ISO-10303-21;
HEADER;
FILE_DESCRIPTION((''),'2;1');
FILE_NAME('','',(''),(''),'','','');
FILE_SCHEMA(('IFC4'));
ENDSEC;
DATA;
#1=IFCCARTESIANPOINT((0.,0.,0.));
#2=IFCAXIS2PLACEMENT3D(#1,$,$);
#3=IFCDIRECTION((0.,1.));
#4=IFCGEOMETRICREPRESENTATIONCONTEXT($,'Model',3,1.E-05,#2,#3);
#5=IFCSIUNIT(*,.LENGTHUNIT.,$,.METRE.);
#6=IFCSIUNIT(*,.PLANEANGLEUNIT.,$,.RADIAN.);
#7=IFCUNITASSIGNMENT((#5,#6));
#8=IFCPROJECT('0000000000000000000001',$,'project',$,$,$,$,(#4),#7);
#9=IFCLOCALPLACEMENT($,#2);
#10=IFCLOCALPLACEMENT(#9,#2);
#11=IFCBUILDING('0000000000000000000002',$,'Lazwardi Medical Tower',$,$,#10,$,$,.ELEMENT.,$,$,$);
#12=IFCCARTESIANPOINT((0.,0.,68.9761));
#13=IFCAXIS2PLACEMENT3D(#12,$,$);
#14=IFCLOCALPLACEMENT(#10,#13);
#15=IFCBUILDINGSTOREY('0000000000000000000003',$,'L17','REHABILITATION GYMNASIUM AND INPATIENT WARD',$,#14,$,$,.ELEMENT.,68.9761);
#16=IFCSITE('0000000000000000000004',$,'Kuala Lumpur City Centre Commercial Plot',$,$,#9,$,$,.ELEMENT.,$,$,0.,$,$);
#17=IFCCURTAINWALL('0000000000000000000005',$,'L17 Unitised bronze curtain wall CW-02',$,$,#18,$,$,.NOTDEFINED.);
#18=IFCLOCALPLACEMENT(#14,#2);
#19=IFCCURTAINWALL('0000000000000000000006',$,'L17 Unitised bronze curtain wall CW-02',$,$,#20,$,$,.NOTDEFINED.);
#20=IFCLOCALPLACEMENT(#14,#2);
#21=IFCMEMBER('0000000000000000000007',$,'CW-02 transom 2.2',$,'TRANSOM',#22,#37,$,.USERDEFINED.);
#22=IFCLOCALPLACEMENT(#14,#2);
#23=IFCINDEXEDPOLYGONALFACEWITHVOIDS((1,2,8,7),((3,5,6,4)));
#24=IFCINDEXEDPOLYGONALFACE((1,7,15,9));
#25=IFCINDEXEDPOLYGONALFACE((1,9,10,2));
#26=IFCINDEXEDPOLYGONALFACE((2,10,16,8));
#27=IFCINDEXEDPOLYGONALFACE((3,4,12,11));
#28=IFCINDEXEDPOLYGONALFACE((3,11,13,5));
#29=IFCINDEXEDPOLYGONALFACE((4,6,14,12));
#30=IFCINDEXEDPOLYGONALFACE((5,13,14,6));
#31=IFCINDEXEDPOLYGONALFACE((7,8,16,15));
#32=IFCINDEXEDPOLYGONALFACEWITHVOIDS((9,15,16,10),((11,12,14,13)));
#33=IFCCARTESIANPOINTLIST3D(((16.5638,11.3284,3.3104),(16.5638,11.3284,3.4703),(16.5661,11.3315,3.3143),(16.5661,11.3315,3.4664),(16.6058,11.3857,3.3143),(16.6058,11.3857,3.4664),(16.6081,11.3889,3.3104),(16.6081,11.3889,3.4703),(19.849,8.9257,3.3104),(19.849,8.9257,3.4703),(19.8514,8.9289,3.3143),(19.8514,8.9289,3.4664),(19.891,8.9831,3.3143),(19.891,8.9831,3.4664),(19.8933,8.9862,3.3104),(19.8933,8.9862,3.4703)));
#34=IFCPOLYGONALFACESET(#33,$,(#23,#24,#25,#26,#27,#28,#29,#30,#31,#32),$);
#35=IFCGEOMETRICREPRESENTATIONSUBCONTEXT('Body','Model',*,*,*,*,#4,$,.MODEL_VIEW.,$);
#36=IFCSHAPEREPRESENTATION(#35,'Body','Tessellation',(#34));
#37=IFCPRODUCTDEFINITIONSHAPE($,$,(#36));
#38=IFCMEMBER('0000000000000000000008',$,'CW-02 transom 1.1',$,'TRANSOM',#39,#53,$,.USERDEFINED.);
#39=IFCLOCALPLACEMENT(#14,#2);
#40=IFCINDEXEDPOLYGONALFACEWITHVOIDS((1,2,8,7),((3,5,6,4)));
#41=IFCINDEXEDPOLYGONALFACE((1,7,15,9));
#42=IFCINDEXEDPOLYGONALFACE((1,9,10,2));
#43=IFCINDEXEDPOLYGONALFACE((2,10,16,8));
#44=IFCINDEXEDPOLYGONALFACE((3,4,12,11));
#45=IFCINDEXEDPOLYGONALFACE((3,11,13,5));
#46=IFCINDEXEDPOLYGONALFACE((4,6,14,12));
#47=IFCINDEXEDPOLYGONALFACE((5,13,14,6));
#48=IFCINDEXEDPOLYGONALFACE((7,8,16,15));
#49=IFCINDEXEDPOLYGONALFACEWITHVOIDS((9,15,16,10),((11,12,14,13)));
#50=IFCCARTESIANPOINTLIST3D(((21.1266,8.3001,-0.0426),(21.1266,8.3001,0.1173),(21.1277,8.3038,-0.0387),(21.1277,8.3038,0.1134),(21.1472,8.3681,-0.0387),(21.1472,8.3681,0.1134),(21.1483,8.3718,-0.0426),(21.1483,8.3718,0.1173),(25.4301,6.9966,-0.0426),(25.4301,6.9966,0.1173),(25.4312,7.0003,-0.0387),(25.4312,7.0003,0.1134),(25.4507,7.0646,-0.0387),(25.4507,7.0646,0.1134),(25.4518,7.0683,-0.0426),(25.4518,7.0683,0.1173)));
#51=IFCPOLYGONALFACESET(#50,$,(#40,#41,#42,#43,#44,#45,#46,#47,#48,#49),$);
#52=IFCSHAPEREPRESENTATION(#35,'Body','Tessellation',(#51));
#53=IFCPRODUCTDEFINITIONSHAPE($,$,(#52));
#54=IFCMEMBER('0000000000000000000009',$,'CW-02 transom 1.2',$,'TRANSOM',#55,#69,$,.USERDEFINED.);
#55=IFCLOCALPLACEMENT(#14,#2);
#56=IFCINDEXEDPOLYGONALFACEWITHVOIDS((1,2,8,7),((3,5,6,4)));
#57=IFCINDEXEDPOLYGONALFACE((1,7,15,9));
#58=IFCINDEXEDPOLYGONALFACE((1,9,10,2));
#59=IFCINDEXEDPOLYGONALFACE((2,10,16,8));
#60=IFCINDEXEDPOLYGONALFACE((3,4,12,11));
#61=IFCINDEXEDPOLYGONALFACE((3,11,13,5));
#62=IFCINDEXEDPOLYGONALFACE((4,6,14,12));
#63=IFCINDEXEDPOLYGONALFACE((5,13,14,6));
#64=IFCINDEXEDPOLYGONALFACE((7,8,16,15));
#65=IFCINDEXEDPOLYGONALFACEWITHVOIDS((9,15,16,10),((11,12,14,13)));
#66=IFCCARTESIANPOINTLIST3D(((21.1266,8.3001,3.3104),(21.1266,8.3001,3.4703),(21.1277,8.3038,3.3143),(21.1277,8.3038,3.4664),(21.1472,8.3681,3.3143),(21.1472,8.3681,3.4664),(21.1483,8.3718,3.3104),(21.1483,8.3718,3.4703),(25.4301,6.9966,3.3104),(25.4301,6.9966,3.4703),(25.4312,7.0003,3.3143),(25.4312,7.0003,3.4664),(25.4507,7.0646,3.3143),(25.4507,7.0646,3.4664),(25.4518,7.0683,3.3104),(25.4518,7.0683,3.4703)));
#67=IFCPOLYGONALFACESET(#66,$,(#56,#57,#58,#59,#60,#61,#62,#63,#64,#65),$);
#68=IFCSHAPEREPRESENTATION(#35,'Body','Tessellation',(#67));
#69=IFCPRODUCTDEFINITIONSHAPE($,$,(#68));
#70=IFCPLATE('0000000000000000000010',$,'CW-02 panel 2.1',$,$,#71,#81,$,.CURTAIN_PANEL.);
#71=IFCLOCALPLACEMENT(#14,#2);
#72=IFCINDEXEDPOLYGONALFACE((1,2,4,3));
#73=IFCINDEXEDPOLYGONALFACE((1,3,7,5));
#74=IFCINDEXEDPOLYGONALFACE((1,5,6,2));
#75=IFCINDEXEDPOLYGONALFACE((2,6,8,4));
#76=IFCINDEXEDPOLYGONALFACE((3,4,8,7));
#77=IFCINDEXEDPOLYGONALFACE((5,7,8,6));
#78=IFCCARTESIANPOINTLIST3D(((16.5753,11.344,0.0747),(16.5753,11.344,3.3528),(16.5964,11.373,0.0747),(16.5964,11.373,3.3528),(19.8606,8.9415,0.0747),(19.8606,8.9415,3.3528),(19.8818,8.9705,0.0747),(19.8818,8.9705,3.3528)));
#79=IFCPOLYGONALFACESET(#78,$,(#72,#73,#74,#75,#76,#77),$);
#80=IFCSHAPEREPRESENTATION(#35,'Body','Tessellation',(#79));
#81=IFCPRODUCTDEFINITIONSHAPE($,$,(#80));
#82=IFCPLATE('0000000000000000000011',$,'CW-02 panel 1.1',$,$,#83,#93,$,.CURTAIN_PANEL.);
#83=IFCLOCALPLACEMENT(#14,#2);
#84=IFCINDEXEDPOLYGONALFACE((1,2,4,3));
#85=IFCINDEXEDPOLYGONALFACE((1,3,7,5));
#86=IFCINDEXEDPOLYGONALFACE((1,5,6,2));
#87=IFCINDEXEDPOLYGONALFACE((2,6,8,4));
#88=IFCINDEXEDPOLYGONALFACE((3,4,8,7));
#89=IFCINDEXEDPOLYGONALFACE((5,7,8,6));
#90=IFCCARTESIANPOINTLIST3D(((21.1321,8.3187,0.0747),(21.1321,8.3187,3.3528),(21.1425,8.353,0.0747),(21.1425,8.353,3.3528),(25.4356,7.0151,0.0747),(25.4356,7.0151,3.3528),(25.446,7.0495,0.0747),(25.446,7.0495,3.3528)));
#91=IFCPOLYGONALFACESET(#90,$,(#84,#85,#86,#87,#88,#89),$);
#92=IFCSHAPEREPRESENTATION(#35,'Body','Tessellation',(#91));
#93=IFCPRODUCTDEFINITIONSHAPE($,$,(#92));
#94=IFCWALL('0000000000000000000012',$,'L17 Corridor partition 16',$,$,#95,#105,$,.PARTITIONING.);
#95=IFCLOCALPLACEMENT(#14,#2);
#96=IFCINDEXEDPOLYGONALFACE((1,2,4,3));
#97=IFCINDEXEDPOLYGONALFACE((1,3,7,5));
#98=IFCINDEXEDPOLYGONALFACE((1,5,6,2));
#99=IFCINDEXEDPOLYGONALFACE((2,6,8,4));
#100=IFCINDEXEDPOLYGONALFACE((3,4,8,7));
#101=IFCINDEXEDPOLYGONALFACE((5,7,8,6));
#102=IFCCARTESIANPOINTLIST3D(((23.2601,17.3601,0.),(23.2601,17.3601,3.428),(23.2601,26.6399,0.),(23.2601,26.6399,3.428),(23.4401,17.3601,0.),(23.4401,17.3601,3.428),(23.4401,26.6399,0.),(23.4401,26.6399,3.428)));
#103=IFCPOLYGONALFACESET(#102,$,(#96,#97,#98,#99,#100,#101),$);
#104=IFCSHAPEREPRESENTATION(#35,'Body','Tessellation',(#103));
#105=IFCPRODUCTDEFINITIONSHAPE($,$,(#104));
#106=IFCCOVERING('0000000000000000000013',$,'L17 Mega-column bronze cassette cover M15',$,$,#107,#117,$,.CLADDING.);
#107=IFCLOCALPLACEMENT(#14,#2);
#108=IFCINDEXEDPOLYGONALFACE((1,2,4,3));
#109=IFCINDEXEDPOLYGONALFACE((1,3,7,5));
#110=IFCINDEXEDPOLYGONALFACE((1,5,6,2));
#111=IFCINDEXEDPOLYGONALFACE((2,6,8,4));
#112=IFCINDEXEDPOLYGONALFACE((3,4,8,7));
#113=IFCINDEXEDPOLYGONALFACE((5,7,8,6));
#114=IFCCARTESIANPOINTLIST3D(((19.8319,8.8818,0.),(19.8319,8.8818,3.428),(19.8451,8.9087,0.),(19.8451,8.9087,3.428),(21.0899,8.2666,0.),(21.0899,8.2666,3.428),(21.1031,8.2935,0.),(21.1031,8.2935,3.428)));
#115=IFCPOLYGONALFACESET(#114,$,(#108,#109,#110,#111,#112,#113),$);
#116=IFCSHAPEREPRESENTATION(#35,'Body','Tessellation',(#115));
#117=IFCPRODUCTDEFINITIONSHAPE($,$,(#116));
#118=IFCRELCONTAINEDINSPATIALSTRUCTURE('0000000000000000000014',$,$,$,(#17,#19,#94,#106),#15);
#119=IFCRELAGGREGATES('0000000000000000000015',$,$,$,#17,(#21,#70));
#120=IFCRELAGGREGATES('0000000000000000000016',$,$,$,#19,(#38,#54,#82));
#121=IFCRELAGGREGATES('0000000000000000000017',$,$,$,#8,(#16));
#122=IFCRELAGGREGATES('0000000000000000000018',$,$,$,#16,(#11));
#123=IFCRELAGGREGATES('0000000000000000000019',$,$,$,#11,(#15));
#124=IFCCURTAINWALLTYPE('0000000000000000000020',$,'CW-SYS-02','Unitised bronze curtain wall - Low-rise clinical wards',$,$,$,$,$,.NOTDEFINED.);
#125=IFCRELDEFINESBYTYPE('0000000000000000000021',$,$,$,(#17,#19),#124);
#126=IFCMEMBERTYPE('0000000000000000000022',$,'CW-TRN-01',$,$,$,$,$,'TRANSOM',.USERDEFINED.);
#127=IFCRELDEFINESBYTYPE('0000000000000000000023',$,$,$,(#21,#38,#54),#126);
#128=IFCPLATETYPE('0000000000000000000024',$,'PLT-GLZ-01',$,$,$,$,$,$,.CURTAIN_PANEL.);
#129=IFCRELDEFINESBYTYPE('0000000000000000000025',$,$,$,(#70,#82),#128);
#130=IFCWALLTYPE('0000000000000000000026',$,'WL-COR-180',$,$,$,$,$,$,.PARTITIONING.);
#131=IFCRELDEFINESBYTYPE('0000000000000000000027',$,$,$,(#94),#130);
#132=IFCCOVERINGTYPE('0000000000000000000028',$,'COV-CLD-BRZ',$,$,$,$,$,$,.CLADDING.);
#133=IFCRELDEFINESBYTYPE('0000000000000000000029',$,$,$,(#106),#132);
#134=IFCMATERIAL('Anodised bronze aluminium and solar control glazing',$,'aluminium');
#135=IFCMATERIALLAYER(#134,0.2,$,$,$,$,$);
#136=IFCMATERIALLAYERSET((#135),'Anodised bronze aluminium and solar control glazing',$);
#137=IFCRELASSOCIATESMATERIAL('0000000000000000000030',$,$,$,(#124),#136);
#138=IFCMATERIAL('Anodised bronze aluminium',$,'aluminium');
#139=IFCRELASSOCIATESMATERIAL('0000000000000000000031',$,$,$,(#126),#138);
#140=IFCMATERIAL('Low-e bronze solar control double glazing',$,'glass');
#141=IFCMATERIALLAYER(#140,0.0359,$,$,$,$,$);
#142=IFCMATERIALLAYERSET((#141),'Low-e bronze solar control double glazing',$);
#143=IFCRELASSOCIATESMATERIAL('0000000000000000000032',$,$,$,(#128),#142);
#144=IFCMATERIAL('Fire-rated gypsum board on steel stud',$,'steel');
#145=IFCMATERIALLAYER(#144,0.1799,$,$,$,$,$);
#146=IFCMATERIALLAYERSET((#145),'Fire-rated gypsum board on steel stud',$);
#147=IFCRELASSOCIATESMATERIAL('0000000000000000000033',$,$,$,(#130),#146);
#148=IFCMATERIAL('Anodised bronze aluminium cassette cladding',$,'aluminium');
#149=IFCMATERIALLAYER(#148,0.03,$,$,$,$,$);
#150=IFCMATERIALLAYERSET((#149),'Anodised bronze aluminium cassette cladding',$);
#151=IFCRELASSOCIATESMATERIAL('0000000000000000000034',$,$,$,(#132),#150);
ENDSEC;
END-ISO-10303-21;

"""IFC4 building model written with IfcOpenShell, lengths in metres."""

from ifc_helpers import new_model, si_unit, direction, frame, frame_2d, origin, origin_2d, place, context, subcontext, project, spatial, rectangle, hollow_rectangle, extrude, material, layer, layer_set, material_profile, profile_set, type_object, element, aggregate, save


model = new_model("IFC4")

# Units and contexts
model_context = context("Model", 3, precision=1e-05, world=origin(), true_north=direction((0.0, 1.0)))
body_context = subcontext(model_context, "Body", "Model", "MODEL_VIEW")
ifc_project = project(units=[si_unit("LENGTHUNIT", "METRE"), si_unit("PLANEANGLEUNIT", "RADIAN")], contexts=[model_context])

# Site, building, storey
site_placement = place(None, origin())
site = spatial("IfcSite", under=ifc_project, at=site_placement, Name="Kuala Lumpur City Centre Commercial Plot", CompositionType="ELEMENT", RefElevation=0.0)
building_placement = place(site_placement, origin())
building = spatial("IfcBuilding", under=site, at=building_placement, Name="Lazwardi Medical Tower", CompositionType="ELEMENT")
storey_placement = place(building_placement, frame((0.0, 0.0, 68.9761)))
storey = spatial("IfcBuildingStorey", under=building, at=storey_placement, Name="L17", Description="REHABILITATION GYMNASIUM AND INPATIENT WARD", CompositionType="ELEMENT", Elevation=68.9761)

# Curtain walls
ifc_material_1 = material(Name="Anodised bronze aluminium and solar control glazing", Category="aluminium")
ifc_layer_1 = layer(ifc_material_1, 0.2)
ifc_layer_set_1 = layer_set([ifc_layer_1], Name="Anodised bronze aluminium and solar control glazing")
curtain_wall_type = type_object("IfcCurtainWallType", Name="CW-SYS-02", Description="Unitised bronze curtain wall - Low-rise clinical wards", PredefinedType="NOTDEFINED", material=ifc_layer_set_1)
curtain_wall_1_placement = place(storey_placement, origin())
curtain_wall_1 = element("IfcCurtainWall", 1, at=curtain_wall_1_placement, inside=storey, type_object=curtain_wall_type, Name="L17 Unitised bronze curtain wall CW-02", PredefinedType="NOTDEFINED")
ifc_material_2 = material(Name="Anodised bronze aluminium", Category="aluminium")
curtain_wall_2_placement = place(storey_placement, origin())
curtain_wall_2 = element("IfcCurtainWall", 2, at=curtain_wall_2_placement, inside=storey, type_object=curtain_wall_type, Name="L17 Unitised bronze curtain wall CW-02", PredefinedType="NOTDEFINED")

# Members
ifc_material_profile_1 = material_profile(ifc_material_2, hollow_rectangle(XDim=0.075, YDim=0.1599, WallThickness=0.0039, at=origin_2d()), Name="ALU-TRANSOM 160x75x4")
ifc_profile_set_1 = profile_set([ifc_material_profile_1], Name="Anodised bronze aluminium")
member_type_1 = type_object("IfcMemberType", Name="CW-TRN-01", ElementType="TRANSOM", PredefinedType="USERDEFINED", material=ifc_profile_set_1)
member_1_placement = place(storey_placement, frame((16.5859, 11.3586, 3.3904), z_axis=(0.807169, -0.59032, 0.0), x_axis=(0.59032, 0.807169, 0.0)))
member_1 = element("IfcMember", 3, at=member_1_placement, type_object=member_type_1, Name="CW-02 transom 2.2", ObjectType="TRANSOM", PredefinedType="USERDEFINED", context=body_context, shape_type="SweptSolid", body=[
    extrude(hollow_rectangle(XDim=0.075, YDim=0.1599, WallThickness=0.0039, at=origin_2d()), origin(), (0.0, 0.0, 1.0), 4.0701),
])
member_2_placement = place(storey_placement, frame((21.1375, 8.3359, 0.0374), z_axis=(0.957062, -0.289882, 0.0), x_axis=(0.289882, 0.957062, 0.0)))
member_2 = element("IfcMember", 4, at=member_2_placement, type_object=member_type_1, Name="CW-02 transom 1.1", ObjectType="TRANSOM", PredefinedType="USERDEFINED", context=body_context, shape_type="SweptSolid", body=[
    extrude(hollow_rectangle(XDim=0.075, YDim=0.1599, WallThickness=0.0039, at=origin_2d()), origin(), (0.0, 0.0, 1.0), 4.4966),
])
member_3_placement = place(storey_placement, frame((21.1375, 8.3359, 3.3904), z_axis=(0.957062, -0.289882, 0.0), x_axis=(0.289882, 0.957062, 0.0)))
member_3 = element("IfcMember", 5, at=member_3_placement, type_object=member_type_1, Name="CW-02 transom 1.2", ObjectType="TRANSOM", PredefinedType="USERDEFINED", context=body_context, shape_type="SweptSolid", body=[
    extrude(hollow_rectangle(XDim=0.075, YDim=0.1599, WallThickness=0.0039, at=origin_2d()), origin(), (0.0, 0.0, 1.0), 4.4966),
])

# Plates
ifc_material_3 = material(Name="Low-e bronze solar control double glazing", Category="glass")
ifc_layer_2 = layer(ifc_material_3, 0.0359)
ifc_layer_set_2 = layer_set([ifc_layer_2], Name="Low-e bronze solar control double glazing")
plate_type = type_object("IfcPlateType", Name="PLT-GLZ-01", PredefinedType="CURTAIN_PANEL", material=ifc_layer_set_2)
plate_1_placement = place(storey_placement, frame((18.2285, 10.1572, 0.0747), z_axis=(0.0, 0.0, 1.0), x_axis=(0.807192, -0.590289, 0.0)))
plate_1 = element("IfcPlate", 6, at=plate_1_placement, type_object=plate_type, Name="CW-02 panel 2.1", PredefinedType="CURTAIN_PANEL", context=body_context, shape_type="SweptSolid", body=[
    extrude(rectangle(XDim=4.0701, YDim=0.0359, at=origin_2d()), origin(), (0.0, 0.0, 1.0), 3.2781),
])
aggregate(curtain_wall_1, [member_1, plate_1])
plate_2_placement = place(storey_placement, frame((23.2891, 7.6841, 0.0747), z_axis=(0.0, 0.0, 1.0), x_axis=(0.957058, -0.289896, 0.0)))
plate_2 = element("IfcPlate", 7, at=plate_2_placement, type_object=plate_type, Name="CW-02 panel 1.1", PredefinedType="CURTAIN_PANEL", context=body_context, shape_type="SweptSolid", body=[
    extrude(rectangle(XDim=4.4966, YDim=0.0359, at=origin_2d()), origin(), (0.0, 0.0, 1.0), 3.2781),
])
aggregate(curtain_wall_2, [member_2, member_3, plate_2])

# Wall
ifc_material_4 = material(Name="Fire-rated gypsum board on steel stud", Category="steel")
ifc_layer_3 = layer(ifc_material_4, 0.1799)
ifc_layer_set_3 = layer_set([ifc_layer_3], Name="Fire-rated gypsum board on steel stud")
wall_type = type_object("IfcWallType", Name="WL-COR-180", PredefinedType="PARTITIONING", material=ifc_layer_set_3)
wall_placement = place(storey_placement, frame((23.3501, 17.3601, 0.0), z_axis=(0.0, 0.0, 1.0), x_axis=(0.0, 1.0, 0.0)))
element("IfcWall", 8, at=wall_placement, inside=storey, type_object=wall_type, Name="L17 Corridor partition 16", PredefinedType="PARTITIONING", context=body_context, shape_type="SweptSolid", body=[
    extrude(rectangle(XDim=9.2798, YDim=0.1799, at=frame_2d((4.6399, 0.0))), origin(), (0.0, 0.0, 1.0), 3.428),
])

# Covering
ifc_material_5 = material(Name="Anodised bronze aluminium cassette cladding", Category="aluminium")
ifc_layer_4 = layer(ifc_material_5, 0.03)
ifc_layer_set_4 = layer_set([ifc_layer_4], Name="Anodised bronze aluminium cassette cladding")
covering_type = type_object("IfcCoveringType", Name="COV-CLD-BRZ", PredefinedType="CLADDING", material=ifc_layer_set_4)
covering_placement = place(storey_placement, frame((20.4675, 8.5876, 0.0), z_axis=(0.0, 0.0, 1.0), x_axis=(0.898334, -0.439312, 0.0)))
element("IfcCovering", 9, at=covering_placement, inside=storey, type_object=covering_type, Name="L17 Mega-column bronze cassette cover M15", PredefinedType="CLADDING", context=body_context, shape_type="SweptSolid", body=[
    extrude(rectangle(XDim=1.4004, YDim=0.03, at=origin_2d()), origin(), (0.0, 0.0, 1.0), 3.428),
])

save(model, "model.ifc")
